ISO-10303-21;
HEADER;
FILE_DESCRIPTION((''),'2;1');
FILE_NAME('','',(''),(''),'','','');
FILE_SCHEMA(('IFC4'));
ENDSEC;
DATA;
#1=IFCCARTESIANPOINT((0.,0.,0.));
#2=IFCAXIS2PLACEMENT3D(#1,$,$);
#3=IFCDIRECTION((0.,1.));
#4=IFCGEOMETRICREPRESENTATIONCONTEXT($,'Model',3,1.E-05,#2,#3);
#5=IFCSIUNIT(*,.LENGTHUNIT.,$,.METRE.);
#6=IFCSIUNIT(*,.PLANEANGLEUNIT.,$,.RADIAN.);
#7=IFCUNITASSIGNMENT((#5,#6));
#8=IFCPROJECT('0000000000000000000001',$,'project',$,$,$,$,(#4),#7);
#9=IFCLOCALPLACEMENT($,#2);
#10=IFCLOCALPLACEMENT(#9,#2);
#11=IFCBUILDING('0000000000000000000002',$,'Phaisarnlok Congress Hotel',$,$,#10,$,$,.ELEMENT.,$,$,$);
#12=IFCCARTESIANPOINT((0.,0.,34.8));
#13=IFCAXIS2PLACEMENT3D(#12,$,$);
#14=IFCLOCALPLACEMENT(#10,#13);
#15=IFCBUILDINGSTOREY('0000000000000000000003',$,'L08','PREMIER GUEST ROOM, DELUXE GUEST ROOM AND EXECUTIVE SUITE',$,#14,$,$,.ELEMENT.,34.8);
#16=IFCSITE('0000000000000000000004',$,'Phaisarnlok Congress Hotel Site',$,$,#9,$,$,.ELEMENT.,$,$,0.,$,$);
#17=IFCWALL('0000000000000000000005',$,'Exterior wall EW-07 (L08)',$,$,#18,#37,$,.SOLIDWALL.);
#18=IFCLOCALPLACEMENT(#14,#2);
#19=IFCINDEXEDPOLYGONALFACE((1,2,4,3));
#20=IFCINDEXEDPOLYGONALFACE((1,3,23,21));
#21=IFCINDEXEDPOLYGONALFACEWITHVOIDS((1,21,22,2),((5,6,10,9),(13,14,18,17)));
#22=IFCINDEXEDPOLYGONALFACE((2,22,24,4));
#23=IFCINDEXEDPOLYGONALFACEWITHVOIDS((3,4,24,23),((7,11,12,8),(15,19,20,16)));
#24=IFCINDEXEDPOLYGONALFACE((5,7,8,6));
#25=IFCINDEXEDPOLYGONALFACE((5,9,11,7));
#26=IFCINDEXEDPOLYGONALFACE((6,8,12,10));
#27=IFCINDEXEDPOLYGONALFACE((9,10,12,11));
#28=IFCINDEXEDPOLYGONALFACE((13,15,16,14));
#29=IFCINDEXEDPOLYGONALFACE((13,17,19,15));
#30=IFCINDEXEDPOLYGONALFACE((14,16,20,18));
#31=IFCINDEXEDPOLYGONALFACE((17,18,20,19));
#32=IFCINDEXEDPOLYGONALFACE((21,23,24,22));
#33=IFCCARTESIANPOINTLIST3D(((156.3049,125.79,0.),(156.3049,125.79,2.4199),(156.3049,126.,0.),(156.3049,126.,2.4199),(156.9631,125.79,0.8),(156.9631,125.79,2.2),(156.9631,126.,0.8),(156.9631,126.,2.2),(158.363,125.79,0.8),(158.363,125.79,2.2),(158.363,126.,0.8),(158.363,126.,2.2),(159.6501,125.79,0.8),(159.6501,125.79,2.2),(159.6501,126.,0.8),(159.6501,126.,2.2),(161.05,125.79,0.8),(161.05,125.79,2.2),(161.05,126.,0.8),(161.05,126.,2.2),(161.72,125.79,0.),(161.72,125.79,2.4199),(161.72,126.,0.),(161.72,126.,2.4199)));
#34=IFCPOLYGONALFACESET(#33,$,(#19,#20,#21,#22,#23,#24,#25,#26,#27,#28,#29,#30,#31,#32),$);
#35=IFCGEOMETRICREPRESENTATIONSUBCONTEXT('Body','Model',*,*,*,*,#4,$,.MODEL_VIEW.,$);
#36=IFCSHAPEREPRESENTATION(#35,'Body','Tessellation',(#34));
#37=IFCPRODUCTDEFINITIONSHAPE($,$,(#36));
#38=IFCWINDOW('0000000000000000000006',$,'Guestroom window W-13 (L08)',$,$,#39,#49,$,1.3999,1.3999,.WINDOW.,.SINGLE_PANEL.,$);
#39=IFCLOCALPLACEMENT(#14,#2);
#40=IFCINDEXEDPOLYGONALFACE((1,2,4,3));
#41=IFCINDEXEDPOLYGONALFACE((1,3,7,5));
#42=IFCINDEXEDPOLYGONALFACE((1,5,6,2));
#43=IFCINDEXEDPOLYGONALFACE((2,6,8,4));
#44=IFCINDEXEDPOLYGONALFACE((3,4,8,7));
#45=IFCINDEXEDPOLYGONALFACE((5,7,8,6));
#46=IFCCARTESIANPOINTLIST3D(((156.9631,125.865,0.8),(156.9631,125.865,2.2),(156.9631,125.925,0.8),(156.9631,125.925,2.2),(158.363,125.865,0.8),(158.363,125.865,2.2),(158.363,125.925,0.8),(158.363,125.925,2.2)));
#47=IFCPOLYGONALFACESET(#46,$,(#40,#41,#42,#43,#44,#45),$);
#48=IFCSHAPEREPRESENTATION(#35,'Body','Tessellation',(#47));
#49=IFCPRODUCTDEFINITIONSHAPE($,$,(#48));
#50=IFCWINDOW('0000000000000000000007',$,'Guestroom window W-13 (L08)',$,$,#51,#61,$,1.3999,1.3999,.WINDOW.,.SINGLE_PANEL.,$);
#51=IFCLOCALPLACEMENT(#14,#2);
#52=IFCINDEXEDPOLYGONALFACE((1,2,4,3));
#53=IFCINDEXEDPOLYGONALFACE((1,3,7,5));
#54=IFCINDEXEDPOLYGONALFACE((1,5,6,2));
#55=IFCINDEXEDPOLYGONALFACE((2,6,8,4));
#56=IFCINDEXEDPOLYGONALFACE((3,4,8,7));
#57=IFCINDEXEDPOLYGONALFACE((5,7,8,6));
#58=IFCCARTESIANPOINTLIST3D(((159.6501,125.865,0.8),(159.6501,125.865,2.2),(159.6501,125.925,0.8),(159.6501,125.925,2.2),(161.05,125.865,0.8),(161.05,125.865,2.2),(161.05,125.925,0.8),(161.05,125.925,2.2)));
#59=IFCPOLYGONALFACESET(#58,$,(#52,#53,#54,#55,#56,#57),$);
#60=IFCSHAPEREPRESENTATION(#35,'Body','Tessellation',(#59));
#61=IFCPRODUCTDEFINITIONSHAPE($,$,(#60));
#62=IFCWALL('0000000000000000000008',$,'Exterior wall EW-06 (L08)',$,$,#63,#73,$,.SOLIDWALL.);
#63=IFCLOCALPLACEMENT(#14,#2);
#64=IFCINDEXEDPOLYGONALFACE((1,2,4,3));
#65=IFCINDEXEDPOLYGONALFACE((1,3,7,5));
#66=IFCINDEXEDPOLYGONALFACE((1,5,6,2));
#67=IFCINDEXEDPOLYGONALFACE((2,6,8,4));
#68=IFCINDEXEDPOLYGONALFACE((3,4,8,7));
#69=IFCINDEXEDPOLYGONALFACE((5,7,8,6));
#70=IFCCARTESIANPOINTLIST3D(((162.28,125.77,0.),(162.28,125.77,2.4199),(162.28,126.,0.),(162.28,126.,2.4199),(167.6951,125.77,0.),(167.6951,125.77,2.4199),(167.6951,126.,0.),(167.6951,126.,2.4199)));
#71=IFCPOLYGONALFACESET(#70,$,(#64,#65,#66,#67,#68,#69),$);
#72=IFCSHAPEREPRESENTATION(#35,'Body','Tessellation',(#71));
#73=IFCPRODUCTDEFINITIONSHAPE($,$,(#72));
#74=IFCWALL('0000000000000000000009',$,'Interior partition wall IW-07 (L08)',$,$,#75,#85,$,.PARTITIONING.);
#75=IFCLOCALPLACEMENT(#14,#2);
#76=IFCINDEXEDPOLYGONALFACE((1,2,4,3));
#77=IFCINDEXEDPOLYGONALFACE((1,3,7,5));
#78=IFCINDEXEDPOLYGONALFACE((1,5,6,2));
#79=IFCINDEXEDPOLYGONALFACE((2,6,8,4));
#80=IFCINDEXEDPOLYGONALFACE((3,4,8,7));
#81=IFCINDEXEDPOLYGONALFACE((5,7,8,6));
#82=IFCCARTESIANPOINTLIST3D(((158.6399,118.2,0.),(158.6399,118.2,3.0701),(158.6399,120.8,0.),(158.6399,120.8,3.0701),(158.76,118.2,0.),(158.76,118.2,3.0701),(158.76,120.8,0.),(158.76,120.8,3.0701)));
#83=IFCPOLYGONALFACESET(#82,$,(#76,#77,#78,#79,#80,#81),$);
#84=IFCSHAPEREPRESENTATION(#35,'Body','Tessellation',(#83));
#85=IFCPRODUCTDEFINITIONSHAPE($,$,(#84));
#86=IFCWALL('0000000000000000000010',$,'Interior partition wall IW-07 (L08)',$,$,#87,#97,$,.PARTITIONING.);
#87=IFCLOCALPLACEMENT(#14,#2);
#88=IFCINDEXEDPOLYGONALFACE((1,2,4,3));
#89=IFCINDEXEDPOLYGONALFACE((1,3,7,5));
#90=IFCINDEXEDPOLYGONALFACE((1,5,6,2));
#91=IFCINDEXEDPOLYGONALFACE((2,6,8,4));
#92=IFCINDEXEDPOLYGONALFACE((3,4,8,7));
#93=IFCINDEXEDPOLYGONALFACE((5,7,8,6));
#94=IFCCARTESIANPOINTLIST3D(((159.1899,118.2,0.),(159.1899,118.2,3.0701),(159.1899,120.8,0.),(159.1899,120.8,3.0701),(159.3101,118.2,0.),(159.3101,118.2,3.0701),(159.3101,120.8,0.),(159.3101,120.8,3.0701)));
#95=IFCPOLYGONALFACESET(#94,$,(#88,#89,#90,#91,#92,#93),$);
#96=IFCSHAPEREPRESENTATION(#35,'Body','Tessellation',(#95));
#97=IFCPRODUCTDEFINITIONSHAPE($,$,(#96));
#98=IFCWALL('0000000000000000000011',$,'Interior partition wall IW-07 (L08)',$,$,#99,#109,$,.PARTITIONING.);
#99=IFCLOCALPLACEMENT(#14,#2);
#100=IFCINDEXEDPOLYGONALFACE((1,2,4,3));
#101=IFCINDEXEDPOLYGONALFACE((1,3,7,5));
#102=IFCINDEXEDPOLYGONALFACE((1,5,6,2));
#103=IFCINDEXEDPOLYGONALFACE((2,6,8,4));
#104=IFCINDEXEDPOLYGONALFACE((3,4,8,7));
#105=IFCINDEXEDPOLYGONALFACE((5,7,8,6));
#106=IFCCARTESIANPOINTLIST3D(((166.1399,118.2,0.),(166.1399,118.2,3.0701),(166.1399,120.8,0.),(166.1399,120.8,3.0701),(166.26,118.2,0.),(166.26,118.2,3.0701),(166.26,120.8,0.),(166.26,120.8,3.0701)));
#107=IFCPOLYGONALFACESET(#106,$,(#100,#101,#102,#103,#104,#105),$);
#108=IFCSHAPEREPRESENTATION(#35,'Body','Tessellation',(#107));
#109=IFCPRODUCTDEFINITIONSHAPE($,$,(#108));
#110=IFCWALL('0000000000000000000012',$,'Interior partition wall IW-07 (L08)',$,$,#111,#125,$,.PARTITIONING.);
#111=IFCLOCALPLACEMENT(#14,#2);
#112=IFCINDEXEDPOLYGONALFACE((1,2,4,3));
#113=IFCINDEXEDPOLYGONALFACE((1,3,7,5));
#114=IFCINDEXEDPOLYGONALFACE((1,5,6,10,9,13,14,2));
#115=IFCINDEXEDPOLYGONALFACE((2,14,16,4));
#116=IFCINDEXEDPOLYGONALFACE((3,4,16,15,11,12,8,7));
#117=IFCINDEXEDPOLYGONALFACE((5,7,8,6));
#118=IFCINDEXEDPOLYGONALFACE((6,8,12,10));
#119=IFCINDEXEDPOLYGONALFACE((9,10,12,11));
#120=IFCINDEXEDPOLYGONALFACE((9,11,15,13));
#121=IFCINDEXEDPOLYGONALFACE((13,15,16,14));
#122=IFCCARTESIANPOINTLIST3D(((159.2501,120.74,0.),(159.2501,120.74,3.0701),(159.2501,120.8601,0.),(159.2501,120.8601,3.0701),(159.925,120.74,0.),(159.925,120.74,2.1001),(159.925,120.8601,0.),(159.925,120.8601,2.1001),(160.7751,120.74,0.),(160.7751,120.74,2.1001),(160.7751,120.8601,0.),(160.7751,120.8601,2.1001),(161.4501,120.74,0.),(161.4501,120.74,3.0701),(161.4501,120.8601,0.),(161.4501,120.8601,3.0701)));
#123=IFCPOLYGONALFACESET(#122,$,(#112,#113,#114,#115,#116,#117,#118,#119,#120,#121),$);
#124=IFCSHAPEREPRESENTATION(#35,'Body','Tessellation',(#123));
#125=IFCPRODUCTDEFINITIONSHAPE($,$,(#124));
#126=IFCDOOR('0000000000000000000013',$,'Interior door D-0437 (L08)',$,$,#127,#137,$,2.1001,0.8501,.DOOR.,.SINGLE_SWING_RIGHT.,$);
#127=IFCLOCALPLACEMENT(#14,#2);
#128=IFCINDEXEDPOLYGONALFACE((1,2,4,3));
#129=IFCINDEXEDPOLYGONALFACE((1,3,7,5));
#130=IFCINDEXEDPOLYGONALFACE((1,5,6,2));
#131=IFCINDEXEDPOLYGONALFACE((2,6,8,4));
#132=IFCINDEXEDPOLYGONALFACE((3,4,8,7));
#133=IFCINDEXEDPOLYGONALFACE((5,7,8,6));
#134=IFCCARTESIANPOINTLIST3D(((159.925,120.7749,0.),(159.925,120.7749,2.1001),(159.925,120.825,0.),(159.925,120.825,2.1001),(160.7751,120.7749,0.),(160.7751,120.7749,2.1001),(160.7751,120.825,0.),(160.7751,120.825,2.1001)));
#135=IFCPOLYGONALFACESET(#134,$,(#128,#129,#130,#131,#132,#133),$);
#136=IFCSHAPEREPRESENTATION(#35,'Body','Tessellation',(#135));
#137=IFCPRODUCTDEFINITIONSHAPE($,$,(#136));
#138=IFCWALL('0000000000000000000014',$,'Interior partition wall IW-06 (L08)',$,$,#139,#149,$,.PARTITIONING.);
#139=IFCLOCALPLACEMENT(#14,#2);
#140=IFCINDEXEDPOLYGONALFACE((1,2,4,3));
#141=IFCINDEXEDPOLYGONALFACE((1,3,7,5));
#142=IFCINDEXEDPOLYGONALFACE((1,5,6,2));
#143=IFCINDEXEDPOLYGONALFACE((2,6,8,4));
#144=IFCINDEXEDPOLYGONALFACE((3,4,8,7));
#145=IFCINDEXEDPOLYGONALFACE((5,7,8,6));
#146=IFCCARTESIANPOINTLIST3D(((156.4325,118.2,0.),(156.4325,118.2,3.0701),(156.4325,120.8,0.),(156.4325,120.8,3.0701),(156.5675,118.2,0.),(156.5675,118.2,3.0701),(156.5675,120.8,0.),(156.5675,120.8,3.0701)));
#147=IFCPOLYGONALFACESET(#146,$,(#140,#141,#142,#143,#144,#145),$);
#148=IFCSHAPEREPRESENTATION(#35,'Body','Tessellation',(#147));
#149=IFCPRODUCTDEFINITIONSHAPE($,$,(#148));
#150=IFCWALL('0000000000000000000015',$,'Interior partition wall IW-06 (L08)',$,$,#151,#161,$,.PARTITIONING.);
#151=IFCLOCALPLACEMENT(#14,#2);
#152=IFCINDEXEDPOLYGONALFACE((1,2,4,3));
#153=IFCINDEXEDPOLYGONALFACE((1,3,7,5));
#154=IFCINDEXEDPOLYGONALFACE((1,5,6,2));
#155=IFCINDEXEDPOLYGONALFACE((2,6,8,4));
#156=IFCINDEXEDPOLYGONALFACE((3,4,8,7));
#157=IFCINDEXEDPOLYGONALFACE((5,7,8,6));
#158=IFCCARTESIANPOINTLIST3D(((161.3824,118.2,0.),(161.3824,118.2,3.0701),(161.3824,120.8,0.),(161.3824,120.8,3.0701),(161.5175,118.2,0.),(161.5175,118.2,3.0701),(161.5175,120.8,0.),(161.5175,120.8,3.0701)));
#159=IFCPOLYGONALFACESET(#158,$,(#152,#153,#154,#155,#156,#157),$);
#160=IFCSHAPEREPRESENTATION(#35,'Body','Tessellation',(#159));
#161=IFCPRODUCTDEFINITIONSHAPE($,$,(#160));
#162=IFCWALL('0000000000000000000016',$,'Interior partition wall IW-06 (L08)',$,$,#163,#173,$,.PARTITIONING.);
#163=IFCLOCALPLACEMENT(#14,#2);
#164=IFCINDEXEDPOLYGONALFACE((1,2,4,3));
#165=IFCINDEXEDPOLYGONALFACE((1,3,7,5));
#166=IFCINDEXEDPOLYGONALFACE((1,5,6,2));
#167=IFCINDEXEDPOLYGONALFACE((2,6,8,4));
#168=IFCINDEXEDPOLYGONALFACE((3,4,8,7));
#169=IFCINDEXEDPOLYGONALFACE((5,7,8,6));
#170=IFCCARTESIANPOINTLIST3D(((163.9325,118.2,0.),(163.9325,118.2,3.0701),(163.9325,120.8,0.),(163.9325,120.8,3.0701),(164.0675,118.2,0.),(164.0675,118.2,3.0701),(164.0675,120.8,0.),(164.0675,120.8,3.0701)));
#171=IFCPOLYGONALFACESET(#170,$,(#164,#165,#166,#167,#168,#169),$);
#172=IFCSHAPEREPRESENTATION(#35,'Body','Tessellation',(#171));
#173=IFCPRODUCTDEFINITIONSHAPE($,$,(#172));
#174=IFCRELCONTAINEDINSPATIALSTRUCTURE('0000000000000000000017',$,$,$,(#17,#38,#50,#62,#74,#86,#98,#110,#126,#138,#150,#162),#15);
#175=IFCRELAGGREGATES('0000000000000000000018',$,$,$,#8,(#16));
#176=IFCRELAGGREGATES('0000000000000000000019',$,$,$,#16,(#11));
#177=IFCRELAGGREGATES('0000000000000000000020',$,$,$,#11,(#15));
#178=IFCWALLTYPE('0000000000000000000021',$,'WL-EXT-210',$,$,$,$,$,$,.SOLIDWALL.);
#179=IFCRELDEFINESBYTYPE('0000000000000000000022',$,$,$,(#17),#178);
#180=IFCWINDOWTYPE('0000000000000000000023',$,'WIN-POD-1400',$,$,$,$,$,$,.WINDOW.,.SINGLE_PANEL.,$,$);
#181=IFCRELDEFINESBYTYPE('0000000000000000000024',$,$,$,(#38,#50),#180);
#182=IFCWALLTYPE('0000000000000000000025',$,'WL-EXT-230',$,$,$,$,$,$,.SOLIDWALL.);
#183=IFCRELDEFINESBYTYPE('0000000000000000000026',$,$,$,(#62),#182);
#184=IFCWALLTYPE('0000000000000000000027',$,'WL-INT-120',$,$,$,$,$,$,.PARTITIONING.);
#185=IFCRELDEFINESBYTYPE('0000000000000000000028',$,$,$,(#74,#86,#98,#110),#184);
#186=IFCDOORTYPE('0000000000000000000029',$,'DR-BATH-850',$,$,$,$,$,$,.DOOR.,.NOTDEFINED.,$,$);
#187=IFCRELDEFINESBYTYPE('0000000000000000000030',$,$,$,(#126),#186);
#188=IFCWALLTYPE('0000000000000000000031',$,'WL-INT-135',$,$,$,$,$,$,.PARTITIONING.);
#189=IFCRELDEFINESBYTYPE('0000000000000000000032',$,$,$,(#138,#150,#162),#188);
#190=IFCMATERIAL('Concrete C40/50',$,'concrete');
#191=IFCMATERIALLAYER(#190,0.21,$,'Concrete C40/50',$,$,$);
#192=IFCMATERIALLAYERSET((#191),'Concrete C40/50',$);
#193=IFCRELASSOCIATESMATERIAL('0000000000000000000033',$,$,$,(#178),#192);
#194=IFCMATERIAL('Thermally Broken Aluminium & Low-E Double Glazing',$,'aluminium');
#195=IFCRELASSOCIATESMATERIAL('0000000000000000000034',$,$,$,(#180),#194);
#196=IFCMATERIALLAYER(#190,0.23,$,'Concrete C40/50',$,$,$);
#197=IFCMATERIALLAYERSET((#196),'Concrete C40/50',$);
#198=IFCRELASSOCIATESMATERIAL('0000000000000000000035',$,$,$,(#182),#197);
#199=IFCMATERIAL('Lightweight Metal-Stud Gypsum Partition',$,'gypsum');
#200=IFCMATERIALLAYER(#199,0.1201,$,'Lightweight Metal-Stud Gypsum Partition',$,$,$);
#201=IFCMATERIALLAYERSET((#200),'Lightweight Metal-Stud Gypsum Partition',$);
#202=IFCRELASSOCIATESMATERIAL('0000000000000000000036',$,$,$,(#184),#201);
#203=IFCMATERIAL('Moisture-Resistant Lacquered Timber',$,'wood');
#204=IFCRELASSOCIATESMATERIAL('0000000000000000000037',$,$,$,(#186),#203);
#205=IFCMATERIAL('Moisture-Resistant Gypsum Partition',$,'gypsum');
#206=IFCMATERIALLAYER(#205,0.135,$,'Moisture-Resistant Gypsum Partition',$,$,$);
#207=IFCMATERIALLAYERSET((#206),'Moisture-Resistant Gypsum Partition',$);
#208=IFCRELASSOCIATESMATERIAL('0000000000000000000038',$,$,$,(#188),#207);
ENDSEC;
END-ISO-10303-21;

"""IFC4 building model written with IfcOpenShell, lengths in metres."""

from ifc_helpers import new_model, si_unit, direction, frame, frame_2d, origin, place, context, subcontext, project, spatial, rectangle, extrude, material, layer, layer_set, type_object, element, fill, save


model = new_model("IFC4")

# Units and contexts
model_context = context("Model", 3, precision=1e-05, world=origin(), true_north=direction((0.0, 1.0)))
body_context = subcontext(model_context, "Body", "Model", "MODEL_VIEW")
ifc_project = project(units=[si_unit("LENGTHUNIT", "METRE"), si_unit("PLANEANGLEUNIT", "RADIAN")], contexts=[model_context])

# Site, building, storey
site_placement = place(None, origin())
site = spatial("IfcSite", under=ifc_project, at=site_placement, Name="Phaisarnlok Congress Hotel Site", CompositionType="ELEMENT", RefElevation=0.0)
building_placement = place(site_placement, origin())
building = spatial("IfcBuilding", under=site, at=building_placement, Name="Phaisarnlok Congress Hotel", CompositionType="ELEMENT")
storey_placement = place(building_placement, frame((0.0, 0.0, 34.8)))
storey = spatial("IfcBuildingStorey", under=building, at=storey_placement, Name="L08", Description="PREMIER GUEST ROOM, DELUXE GUEST ROOM AND EXECUTIVE SUITE", CompositionType="ELEMENT", Elevation=34.8)

# Shared definitions
ifc_material_1 = material(Name="Concrete C40/50", Category="concrete")

# Wall, openings, windows
ifc_layer_1 = layer(ifc_material_1, 0.21, Name="Concrete C40/50")
ifc_layer_set_1 = layer_set([ifc_layer_1], Name="Concrete C40/50")
wall_type_1 = type_object("IfcWallType", Name="WL-EXT-210", PredefinedType="SOLIDWALL", material=ifc_layer_set_1)
wall_1_placement = place(storey_placement, frame((161.72, 125.895, 0.0), z_axis=(0.0, 0.0, 1.0), x_axis=(-1.0, 0.0, 0.0)))
wall_1 = element("IfcWall", 1, at=wall_1_placement, inside=storey, type_object=wall_type_1, Name="Exterior wall EW-07 (L08)", PredefinedType="SOLIDWALL", context=body_context, shape_type="SweptSolid", body=[
    extrude(rectangle(XDim=5.415, YDim=0.21, at=frame_2d((2.7075, 0.0))), origin(), (0.0, 0.0, 1.0), 2.4199),
])
opening_1_placement = place(wall_1_placement, frame((3.3569, 0.0, 0.8)))
opening_1 = element("IfcOpeningElement", 2, at=opening_1_placement, cuts=wall_1, PredefinedType="OPENING", context=body_context, shape_type="SweptSolid", body=[
    extrude(rectangle(XDim=1.3999, YDim=1.3999, at=frame_2d((0.7, 0.7))), frame((0.0, 0.115, 0.0), z_axis=(0.0, -1.0, 0.0), x_axis=(1.0, 0.0, 0.0)), (0.0, 0.0, 1.0), 0.23),
])
opening_2_placement = place(wall_1_placement, frame((0.6699, 0.0, 0.8)))
opening_2 = element("IfcOpeningElement", 3, at=opening_2_placement, cuts=wall_1, PredefinedType="OPENING", context=body_context, shape_type="SweptSolid", body=[
    extrude(rectangle(XDim=1.3999, YDim=1.3999, at=frame_2d((0.7, 0.7))), frame((0.0, 0.115, 0.0), z_axis=(0.0, -1.0, 0.0), x_axis=(1.0, 0.0, 0.0)), (0.0, 0.0, 1.0), 0.23),
])
ifc_material_2 = material(Name="Thermally Broken Aluminium & Low-E Double Glazing", Category="aluminium")
window_type = type_object("IfcWindowType", Name="WIN-POD-1400", PartitioningType="SINGLE_PANEL", PredefinedType="WINDOW", material=ifc_material_2)
window_1_placement = place(opening_1_placement, origin())
window_1 = element("IfcWindow", 4, at=window_1_placement, inside=storey, type_object=window_type, Name="Guestroom window W-13 (L08)", OverallHeight=1.3999, OverallWidth=1.3999, PartitioningType="SINGLE_PANEL", PredefinedType="WINDOW", context=body_context, shape_type="SweptSolid", body=[
    extrude(rectangle(XDim=1.3999, YDim=1.3999, at=frame_2d((0.7, 0.7))), frame((0.0, 0.03, 0.0), z_axis=(0.0, -1.0, 0.0), x_axis=(1.0, 0.0, 0.0)), (0.0, 0.0, 1.0), 0.0601),
])
fill(opening_1, window_1)
window_2_placement = place(opening_2_placement, origin())
window_2 = element("IfcWindow", 5, at=window_2_placement, inside=storey, type_object=window_type, Name="Guestroom window W-13 (L08)", OverallHeight=1.3999, OverallWidth=1.3999, PartitioningType="SINGLE_PANEL", PredefinedType="WINDOW", context=body_context, shape_type="SweptSolid", body=[
    extrude(rectangle(XDim=1.3999, YDim=1.3999, at=frame_2d((0.7, 0.7))), frame((0.0, 0.03, 0.0), z_axis=(0.0, -1.0, 0.0), x_axis=(1.0, 0.0, 0.0)), (0.0, 0.0, 1.0), 0.0601),
])
fill(opening_2, window_2)

# Walls
ifc_layer_2 = layer(ifc_material_1, 0.23, Name="Concrete C40/50")
ifc_layer_set_2 = layer_set([ifc_layer_2], Name="Concrete C40/50")
wall_type_2 = type_object("IfcWallType", Name="WL-EXT-230", PredefinedType="SOLIDWALL", material=ifc_layer_set_2)
wall_2_placement = place(storey_placement, frame((167.6951, 125.885, 0.0), z_axis=(0.0, 0.0, 1.0), x_axis=(-1.0, 0.0, 0.0)))
element("IfcWall", 6, at=wall_2_placement, inside=storey, type_object=wall_type_2, Name="Exterior wall EW-06 (L08)", PredefinedType="SOLIDWALL", context=body_context, shape_type="SweptSolid", body=[
    extrude(rectangle(XDim=5.415, YDim=0.23, at=frame_2d((2.7075, 0.0))), origin(), (0.0, 0.0, 1.0), 2.4199),
])
ifc_material_3 = material(Name="Lightweight Metal-Stud Gypsum Partition", Category="gypsum")
ifc_layer_3 = layer(ifc_material_3, 0.1201, Name="Lightweight Metal-Stud Gypsum Partition")
ifc_layer_set_3 = layer_set([ifc_layer_3], Name="Lightweight Metal-Stud Gypsum Partition")
wall_type_3 = type_object("IfcWallType", Name="WL-INT-120", PredefinedType="PARTITIONING", material=ifc_layer_set_3)
for number, where, z_axis, x_axis, name in (
    (7, (158.7, 118.2, 0.0), (0.0, 0.0, 1.0), (0.0, 1.0, 0.0), "Interior partition wall IW-07 (L08)"),
    (8, (159.25, 118.2, 0.0), (0.0, 0.0, 1.0), (0.0, 1.0, 0.0), "Interior partition wall IW-07 (L08)"),
    (9, (166.2, 118.2, 0.0), (0.0, 0.0, 1.0), (0.0, 1.0, 0.0), "Interior partition wall IW-07 (L08)"),
):
    element("IfcWall", number, at=place(storey_placement, frame(where, z_axis=z_axis, x_axis=x_axis)), inside=storey, type_object=wall_type_3, Name=name, PredefinedType="PARTITIONING", context=body_context, shape_type="SweptSolid", body=[
        extrude(rectangle(XDim=2.6001, YDim=0.1201, at=frame_2d((1.3, 0.0))), origin(), (0.0, 0.0, 1.0), 3.0701),
    ])

# Wall, opening, door
wall_3_placement = place(storey_placement, frame((159.25, 120.8, 0.0), z_axis=(0.0, 0.0, 1.0), x_axis=(1.0, 0.0, 0.0)))
wall_3 = element("IfcWall", 10, at=wall_3_placement, inside=storey, type_object=wall_type_3, Name="Interior partition wall IW-07 (L08)", PredefinedType="PARTITIONING", context=body_context, shape_type="SweptSolid", body=[
    extrude(rectangle(XDim=2.2, YDim=0.1201, at=frame_2d((1.1001, 0.0))), origin(), (0.0, 0.0, 1.0), 3.0701),
])
opening_3_placement = place(wall_3_placement, frame((0.675, 0.0, 0.0)))
opening_3 = element("IfcOpeningElement", 11, at=opening_3_placement, cuts=wall_3, PredefinedType="OPENING", context=body_context, shape_type="SweptSolid", body=[
    extrude(rectangle(XDim=0.8501, YDim=2.1001, at=frame_2d((0.425, 1.05))), frame((0.0, 0.0701, 0.0), z_axis=(0.0, -1.0, 0.0), x_axis=(1.0, 0.0, 0.0)), (0.0, 0.0, 1.0), 0.1401),
])
ifc_material_4 = material(Name="Moisture-Resistant Lacquered Timber", Category="wood")
door_type = type_object("IfcDoorType", Name="DR-BATH-850", OperationType="NOTDEFINED", PredefinedType="DOOR", material=ifc_material_4)
door_1_placement = place(opening_3_placement, origin())
door_1 = element("IfcDoor", 12, at=door_1_placement, inside=storey, type_object=door_type, Name="Interior door D-0437 (L08)", OperationType="SINGLE_SWING_RIGHT", OverallHeight=2.1001, OverallWidth=0.8501, PredefinedType="DOOR", context=body_context, shape_type="SweptSolid", body=[
    extrude(rectangle(XDim=0.8501, YDim=2.1001, at=frame_2d((0.425, 1.05))), frame((0.0, 0.0249, 0.0), z_axis=(0.0, -1.0, 0.0), x_axis=(1.0, 0.0, 0.0)), (0.0, 0.0, 1.0), 0.05),
])
fill(opening_3, door_1)

# Walls
ifc_material_5 = material(Name="Moisture-Resistant Gypsum Partition", Category="gypsum")
ifc_layer_4 = layer(ifc_material_5, 0.135, Name="Moisture-Resistant Gypsum Partition")
ifc_layer_set_4 = layer_set([ifc_layer_4], Name="Moisture-Resistant Gypsum Partition")
wall_type_4 = type_object("IfcWallType", Name="WL-INT-135", PredefinedType="PARTITIONING", material=ifc_layer_set_4)
for number, where, z_axis, x_axis, name in (
    (13, (156.5, 118.2, 0.0), (0.0, 0.0, 1.0), (0.0, 1.0, 0.0), "Interior partition wall IW-06 (L08)"),
    (14, (161.45, 118.2, 0.0), (0.0, 0.0, 1.0), (0.0, 1.0, 0.0), "Interior partition wall IW-06 (L08)"),
    (15, (164.0, 118.2, 0.0), (0.0, 0.0, 1.0), (0.0, 1.0, 0.0), "Interior partition wall IW-06 (L08)"),
):
    element("IfcWall", number, at=place(storey_placement, frame(where, z_axis=z_axis, x_axis=x_axis)), inside=storey, type_object=wall_type_4, Name=name, PredefinedType="PARTITIONING", context=body_context, shape_type="SweptSolid", body=[
        extrude(rectangle(XDim=2.6001, YDim=0.135, at=frame_2d((1.3, 0.0))), origin(), (0.0, 0.0, 1.0), 3.0701),
    ])

save(model, "model.ifc")
